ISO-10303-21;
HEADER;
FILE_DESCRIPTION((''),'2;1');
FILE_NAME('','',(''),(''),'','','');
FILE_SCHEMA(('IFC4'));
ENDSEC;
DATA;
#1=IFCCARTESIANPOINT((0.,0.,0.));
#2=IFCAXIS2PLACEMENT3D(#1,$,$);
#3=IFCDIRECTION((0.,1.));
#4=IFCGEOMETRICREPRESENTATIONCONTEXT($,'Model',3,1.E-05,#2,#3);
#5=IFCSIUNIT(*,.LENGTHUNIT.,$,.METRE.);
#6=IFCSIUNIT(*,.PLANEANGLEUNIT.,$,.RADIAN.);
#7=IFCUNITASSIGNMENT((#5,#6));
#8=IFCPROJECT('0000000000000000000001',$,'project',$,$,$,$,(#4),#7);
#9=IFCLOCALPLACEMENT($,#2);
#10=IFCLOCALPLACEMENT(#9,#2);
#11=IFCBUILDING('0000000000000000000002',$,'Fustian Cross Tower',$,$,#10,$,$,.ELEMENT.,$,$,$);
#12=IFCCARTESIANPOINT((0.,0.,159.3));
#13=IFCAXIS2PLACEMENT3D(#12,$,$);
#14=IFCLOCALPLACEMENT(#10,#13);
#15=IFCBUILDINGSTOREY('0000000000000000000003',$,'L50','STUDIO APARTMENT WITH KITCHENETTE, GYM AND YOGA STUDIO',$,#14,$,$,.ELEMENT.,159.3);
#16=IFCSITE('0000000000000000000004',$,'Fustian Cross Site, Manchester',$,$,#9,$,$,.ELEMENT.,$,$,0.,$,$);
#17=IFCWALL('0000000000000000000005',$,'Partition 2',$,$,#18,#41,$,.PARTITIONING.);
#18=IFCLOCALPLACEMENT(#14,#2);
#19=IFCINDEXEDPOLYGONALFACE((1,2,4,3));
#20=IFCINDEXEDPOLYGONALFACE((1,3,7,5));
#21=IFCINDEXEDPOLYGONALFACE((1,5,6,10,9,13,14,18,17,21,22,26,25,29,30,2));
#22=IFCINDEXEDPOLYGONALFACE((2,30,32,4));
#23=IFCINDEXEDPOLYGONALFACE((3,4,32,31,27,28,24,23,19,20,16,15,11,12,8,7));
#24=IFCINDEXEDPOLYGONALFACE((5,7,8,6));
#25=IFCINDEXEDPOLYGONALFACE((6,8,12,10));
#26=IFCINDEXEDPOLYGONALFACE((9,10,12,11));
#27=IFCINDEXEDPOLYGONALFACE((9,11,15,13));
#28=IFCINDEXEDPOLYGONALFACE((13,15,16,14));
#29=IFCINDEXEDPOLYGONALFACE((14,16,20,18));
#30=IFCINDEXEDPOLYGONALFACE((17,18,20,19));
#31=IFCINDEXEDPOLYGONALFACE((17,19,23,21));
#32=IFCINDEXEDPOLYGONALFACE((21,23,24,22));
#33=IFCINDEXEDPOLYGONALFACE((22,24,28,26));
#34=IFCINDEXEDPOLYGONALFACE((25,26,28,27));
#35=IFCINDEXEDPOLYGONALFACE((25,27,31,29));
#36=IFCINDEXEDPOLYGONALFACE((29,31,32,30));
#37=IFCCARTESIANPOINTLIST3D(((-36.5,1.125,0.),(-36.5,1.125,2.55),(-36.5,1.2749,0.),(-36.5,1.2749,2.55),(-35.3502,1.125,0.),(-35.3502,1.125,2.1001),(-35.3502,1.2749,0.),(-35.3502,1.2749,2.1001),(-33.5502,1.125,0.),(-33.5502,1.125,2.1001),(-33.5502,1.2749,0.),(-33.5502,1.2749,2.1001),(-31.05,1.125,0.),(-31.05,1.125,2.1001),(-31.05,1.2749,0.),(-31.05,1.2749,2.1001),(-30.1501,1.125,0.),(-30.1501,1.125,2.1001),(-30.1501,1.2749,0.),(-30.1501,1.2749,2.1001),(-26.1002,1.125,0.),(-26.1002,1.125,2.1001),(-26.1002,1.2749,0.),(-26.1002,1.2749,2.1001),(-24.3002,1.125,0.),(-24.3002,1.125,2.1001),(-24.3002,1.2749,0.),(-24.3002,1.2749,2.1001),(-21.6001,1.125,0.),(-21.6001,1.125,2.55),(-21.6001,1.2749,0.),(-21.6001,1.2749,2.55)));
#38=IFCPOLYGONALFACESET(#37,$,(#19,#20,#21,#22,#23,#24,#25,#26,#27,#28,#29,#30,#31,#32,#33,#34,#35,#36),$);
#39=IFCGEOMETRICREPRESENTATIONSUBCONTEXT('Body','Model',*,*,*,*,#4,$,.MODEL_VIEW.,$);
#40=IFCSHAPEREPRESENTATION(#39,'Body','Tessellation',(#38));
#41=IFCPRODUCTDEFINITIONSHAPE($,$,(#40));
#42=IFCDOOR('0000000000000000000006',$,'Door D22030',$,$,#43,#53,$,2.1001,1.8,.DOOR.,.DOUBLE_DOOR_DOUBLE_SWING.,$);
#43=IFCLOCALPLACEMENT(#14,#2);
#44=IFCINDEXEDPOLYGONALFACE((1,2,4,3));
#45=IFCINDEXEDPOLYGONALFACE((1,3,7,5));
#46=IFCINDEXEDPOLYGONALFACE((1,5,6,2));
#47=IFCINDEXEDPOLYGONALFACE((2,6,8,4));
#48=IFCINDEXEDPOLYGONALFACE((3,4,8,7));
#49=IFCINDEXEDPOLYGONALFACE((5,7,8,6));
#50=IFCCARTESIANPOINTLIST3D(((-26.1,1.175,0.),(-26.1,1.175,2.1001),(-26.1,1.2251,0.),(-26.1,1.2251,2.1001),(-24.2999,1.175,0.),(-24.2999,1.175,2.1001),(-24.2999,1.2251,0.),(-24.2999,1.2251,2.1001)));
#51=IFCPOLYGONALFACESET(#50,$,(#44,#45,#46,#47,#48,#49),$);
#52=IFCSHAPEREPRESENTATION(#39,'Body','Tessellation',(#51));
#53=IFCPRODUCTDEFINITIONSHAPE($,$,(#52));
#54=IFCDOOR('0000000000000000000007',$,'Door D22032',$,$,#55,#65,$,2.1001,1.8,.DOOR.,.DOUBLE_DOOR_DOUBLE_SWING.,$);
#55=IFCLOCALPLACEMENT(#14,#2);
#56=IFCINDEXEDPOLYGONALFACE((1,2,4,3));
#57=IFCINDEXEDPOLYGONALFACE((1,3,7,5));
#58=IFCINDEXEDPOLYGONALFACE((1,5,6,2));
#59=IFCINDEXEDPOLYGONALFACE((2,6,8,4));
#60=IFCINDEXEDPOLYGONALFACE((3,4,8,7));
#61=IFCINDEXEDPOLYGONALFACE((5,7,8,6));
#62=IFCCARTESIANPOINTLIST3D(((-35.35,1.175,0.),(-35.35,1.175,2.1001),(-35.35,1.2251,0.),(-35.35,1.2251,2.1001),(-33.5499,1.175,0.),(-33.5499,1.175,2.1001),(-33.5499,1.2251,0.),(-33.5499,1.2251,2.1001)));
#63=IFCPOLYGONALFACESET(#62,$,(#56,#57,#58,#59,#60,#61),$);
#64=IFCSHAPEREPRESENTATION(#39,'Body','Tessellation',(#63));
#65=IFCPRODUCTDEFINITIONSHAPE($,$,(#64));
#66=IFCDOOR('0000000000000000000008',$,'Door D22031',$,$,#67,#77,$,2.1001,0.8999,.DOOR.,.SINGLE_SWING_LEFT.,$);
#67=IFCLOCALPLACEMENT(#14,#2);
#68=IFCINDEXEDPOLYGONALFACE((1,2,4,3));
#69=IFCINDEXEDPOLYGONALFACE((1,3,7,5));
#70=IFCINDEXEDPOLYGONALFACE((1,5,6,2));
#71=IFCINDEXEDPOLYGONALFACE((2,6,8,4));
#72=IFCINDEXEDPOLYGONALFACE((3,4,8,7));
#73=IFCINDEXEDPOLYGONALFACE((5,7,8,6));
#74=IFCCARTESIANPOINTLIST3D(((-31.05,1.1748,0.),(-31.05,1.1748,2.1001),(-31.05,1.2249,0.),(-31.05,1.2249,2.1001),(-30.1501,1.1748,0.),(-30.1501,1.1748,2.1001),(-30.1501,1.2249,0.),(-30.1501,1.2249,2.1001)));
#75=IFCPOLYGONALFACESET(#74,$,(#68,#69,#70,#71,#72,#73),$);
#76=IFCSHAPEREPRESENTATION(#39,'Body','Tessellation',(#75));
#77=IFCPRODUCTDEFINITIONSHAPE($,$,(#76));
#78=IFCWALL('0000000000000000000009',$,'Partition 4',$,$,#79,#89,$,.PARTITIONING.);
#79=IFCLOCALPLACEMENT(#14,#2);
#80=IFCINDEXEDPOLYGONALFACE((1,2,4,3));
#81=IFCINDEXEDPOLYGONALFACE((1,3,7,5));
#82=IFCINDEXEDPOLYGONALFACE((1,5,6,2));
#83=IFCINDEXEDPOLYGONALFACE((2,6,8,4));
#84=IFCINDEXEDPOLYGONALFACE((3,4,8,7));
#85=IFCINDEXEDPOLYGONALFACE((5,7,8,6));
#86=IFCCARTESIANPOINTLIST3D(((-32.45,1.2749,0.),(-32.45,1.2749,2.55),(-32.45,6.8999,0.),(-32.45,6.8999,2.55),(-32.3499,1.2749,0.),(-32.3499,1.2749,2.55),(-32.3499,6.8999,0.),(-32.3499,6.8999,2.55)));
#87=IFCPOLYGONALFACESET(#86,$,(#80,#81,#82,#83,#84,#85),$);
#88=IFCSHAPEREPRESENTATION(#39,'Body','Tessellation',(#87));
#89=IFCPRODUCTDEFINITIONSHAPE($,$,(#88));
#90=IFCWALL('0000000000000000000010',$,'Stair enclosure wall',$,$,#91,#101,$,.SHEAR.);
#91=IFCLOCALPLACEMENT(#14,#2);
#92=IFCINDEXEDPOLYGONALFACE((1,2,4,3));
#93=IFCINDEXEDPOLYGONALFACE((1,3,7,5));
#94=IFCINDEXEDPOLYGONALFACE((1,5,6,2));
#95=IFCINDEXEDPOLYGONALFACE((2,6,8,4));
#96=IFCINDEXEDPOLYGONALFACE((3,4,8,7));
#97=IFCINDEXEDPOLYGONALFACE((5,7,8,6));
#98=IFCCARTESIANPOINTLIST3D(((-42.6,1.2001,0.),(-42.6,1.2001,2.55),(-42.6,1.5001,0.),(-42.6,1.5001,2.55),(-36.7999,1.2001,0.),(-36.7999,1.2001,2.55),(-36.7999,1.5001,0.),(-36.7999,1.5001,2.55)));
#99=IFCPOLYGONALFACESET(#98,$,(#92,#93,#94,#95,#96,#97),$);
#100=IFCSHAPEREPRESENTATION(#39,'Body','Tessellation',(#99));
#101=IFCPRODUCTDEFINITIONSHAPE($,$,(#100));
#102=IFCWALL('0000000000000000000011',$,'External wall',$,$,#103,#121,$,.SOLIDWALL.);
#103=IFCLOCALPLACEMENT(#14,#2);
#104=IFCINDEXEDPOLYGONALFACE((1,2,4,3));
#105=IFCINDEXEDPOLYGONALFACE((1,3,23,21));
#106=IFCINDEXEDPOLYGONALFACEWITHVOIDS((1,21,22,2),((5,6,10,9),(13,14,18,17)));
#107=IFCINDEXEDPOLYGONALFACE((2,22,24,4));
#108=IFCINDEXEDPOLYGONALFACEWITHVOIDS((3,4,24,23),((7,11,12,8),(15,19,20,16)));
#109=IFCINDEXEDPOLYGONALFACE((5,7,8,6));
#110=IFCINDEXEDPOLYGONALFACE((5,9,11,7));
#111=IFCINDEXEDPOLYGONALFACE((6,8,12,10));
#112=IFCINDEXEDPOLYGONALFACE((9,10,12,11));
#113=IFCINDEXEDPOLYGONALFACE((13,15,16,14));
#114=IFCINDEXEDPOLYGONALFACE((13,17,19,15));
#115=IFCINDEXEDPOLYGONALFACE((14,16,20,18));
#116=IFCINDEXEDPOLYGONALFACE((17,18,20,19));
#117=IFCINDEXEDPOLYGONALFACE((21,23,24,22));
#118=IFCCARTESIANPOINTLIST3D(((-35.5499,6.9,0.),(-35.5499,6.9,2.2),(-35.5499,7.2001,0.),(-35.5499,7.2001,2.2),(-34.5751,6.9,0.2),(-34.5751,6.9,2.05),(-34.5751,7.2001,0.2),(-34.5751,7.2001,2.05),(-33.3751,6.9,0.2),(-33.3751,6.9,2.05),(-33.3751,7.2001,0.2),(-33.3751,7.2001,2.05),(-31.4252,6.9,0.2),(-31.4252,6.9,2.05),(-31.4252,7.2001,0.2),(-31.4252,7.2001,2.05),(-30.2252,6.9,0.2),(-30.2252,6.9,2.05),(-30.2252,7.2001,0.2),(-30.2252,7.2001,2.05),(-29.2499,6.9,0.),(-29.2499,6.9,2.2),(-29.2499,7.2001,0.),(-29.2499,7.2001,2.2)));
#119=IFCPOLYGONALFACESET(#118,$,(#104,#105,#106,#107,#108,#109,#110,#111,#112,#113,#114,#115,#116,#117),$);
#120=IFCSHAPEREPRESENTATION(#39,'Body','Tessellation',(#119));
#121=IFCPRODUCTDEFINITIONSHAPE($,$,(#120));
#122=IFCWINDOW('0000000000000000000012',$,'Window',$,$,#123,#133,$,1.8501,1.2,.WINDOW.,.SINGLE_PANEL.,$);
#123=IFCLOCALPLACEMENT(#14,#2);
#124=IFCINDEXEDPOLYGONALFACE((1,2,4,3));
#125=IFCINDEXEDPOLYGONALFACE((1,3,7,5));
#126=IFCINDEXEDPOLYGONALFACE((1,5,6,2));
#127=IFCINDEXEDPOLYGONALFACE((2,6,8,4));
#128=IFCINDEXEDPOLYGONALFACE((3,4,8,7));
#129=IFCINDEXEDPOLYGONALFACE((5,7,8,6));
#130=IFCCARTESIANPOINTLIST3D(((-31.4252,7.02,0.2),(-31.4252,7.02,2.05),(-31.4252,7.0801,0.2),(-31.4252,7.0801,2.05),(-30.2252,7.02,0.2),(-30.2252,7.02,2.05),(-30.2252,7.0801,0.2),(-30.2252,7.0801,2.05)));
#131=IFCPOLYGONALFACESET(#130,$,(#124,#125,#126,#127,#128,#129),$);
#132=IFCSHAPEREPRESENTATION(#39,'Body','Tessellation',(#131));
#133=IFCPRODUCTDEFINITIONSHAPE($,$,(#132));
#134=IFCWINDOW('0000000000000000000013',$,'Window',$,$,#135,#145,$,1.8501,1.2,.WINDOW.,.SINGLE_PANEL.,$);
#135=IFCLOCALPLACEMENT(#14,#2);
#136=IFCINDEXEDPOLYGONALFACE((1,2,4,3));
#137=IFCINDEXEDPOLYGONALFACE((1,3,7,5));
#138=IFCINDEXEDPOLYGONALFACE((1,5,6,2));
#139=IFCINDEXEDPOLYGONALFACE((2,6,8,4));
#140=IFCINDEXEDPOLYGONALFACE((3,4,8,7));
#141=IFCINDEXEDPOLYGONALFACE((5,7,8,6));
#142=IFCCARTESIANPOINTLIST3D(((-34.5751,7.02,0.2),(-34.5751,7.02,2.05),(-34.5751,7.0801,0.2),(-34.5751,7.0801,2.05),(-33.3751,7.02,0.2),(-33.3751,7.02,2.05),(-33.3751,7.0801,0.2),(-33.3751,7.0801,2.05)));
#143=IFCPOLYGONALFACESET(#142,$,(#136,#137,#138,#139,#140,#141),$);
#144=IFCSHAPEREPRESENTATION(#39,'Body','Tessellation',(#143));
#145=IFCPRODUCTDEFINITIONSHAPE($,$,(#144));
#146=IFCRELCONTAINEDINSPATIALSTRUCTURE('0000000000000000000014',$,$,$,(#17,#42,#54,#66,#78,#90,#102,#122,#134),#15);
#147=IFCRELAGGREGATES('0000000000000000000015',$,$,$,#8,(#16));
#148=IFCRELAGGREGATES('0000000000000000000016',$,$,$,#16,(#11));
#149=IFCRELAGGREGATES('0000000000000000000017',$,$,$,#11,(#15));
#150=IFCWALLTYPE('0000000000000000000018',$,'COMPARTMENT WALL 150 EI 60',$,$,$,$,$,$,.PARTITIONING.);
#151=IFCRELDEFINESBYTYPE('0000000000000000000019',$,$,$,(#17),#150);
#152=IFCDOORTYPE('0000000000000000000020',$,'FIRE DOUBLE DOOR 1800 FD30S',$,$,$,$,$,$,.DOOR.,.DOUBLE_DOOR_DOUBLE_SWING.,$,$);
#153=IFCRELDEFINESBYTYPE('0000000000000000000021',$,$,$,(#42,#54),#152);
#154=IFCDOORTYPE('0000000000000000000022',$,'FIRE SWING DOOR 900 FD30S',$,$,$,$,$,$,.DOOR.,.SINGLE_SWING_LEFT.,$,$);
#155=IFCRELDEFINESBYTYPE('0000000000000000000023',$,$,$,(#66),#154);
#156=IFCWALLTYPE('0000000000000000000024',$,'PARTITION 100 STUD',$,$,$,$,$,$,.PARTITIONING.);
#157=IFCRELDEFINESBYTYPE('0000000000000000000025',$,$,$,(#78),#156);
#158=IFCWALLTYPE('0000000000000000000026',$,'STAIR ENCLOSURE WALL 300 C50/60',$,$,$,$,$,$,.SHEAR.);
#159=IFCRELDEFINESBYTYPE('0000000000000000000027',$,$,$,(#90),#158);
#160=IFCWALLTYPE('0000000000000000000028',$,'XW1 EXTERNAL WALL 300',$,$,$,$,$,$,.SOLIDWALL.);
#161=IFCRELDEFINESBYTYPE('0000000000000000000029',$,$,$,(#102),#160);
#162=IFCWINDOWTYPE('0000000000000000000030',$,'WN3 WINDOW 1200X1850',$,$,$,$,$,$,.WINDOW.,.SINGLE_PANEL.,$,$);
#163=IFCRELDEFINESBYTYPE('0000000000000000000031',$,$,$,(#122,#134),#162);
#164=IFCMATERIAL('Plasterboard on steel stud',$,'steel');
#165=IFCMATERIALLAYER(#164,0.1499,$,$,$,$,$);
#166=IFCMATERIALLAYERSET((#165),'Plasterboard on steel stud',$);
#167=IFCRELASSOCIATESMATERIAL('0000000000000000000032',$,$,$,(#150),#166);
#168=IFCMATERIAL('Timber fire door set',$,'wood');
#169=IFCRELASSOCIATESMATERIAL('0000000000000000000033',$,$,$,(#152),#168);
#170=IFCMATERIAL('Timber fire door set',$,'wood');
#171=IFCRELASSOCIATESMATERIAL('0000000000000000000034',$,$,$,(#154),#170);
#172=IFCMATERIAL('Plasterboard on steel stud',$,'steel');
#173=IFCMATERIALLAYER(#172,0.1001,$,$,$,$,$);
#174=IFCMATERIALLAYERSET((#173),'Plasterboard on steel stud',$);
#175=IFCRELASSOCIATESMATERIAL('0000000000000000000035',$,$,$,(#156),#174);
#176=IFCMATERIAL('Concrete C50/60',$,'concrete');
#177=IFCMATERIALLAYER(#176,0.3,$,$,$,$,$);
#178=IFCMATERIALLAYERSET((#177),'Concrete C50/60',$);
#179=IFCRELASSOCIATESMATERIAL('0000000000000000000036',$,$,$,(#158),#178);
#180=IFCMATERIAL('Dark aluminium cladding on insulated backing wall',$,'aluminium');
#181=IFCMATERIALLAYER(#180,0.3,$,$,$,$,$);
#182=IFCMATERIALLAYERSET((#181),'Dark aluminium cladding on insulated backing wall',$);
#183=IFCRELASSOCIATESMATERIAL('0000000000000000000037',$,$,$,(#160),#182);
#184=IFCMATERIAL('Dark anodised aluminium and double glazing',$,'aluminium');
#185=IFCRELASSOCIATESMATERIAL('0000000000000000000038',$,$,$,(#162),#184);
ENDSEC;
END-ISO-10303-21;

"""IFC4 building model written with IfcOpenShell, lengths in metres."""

from ifc_helpers import new_model, si_unit, direction, frame, frame_2d, origin, place, context, subcontext, project, spatial, rectangle, extrude, material, layer, layer_set, type_object, element, fill, save


model = new_model("IFC4")

# Units and contexts
model_context = context("Model", 3, precision=1e-05, world=origin(), true_north=direction((0.0, 1.0)))
body_context = subcontext(model_context, "Body", "Model", "MODEL_VIEW")
ifc_project = project(units=[si_unit("LENGTHUNIT", "METRE"), si_unit("PLANEANGLEUNIT", "RADIAN")], contexts=[model_context])

# Site, building, storey
site_placement = place(None, origin())
site = spatial("IfcSite", under=ifc_project, at=site_placement, Name="Fustian Cross Site, Manchester", CompositionType="ELEMENT", RefElevation=0.0)
building_placement = place(site_placement, origin())
building = spatial("IfcBuilding", under=site, at=building_placement, Name="Fustian Cross Tower", CompositionType="ELEMENT")
storey_placement = place(building_placement, frame((0.0, 0.0, 159.3)))
storey = spatial("IfcBuildingStorey", under=building, at=storey_placement, Name="L50", Description="STUDIO APARTMENT WITH KITCHENETTE, GYM AND YOGA STUDIO", CompositionType="ELEMENT", Elevation=159.3)

# Wall, openings, doors
ifc_material_1 = material(Name="Plasterboard on steel stud", Category="steel")
ifc_layer_1 = layer(ifc_material_1, 0.1499)
ifc_layer_set_1 = layer_set([ifc_layer_1], Name="Plasterboard on steel stud")
wall_type_1 = type_object("IfcWallType", Name="COMPARTMENT WALL 150 EI 60", PredefinedType="PARTITIONING", material=ifc_layer_set_1)
ifc_material_2 = material(Name="Timber fire door set", Category="wood")
door_type_1 = type_object("IfcDoorType", Name="FIRE DOUBLE DOOR 1800 FD30S", OperationType="DOUBLE_DOOR_DOUBLE_SWING", PredefinedType="DOOR", material=ifc_material_2)
wall_1_placement = place(storey_placement, frame((-36.5, 1.2, 0.0), z_axis=(0.0, 0.0, 1.0), x_axis=(1.0, 0.0, 0.0)))
wall_1 = element("IfcWall", 1, at=wall_1_placement, inside=storey, type_object=wall_type_1, Name="Partition 2", PredefinedType="PARTITIONING", context=body_context, shape_type="SweptSolid", body=[
    extrude(rectangle(XDim=14.8999, YDim=0.1499, at=frame_2d((7.45, 0.0))), origin(), (0.0, 0.0, 1.0), 2.55),
])
opening_1_placement = place(wall_1_placement, frame((10.3999, 0.0, 0.0)))
opening_1 = element("IfcOpeningElement", 2, at=opening_1_placement, cuts=wall_1, PredefinedType="OPENING", context=body_context, shape_type="SweptSolid", body=[
    extrude(rectangle(XDim=1.8, YDim=2.1001, at=frame_2d((0.8999, 1.05))), frame((0.0, 0.085, 0.0), z_axis=(0.0, -1.0, 0.0), x_axis=(1.0, 0.0, 0.0)), (0.0, 0.0, 1.0), 0.1699),
])
opening_2_placement = place(wall_1_placement, frame((5.45, 0.0, 0.0)))
opening_2 = element("IfcOpeningElement", 3, at=opening_2_placement, cuts=wall_1, PredefinedType="OPENING", context=body_context, shape_type="SweptSolid", body=[
    extrude(rectangle(XDim=0.8999, YDim=2.1001, at=frame_2d((0.45, 1.05))), frame((0.0, 0.085, 0.0), z_axis=(0.0, -1.0, 0.0), x_axis=(1.0, 0.0, 0.0)), (0.0, 0.0, 1.0), 0.1699),
])
opening_3_placement = place(wall_1_placement, frame((1.1499, 0.0, 0.0)))
opening_3 = element("IfcOpeningElement", 4, at=opening_3_placement, cuts=wall_1, PredefinedType="OPENING", context=body_context, shape_type="SweptSolid", body=[
    extrude(rectangle(XDim=1.8, YDim=2.1001, at=frame_2d((0.8999, 1.05))), frame((0.0, 0.085, 0.0), z_axis=(0.0, -1.0, 0.0), x_axis=(1.0, 0.0, 0.0)), (0.0, 0.0, 1.0), 0.1699),
])
door_1_placement = place(opening_1_placement, frame((1.8, 0.0, 0.0), z_axis=(0.0, 0.0, 1.0), x_axis=(-1.0, 0.0, 0.0)))
door_1 = element("IfcDoor", 5, at=door_1_placement, inside=storey, type_object=door_type_1, Name="Door D22030", OperationType="DOUBLE_DOOR_DOUBLE_SWING", OverallHeight=2.1001, OverallWidth=1.8, PredefinedType="DOOR", context=body_context, shape_type="SweptSolid", body=[
    extrude(rectangle(XDim=1.8, YDim=2.1001, at=frame_2d((0.8999, 1.05))), frame((0.0, 0.0249, 0.0), z_axis=(0.0, -1.0, 0.0), x_axis=(1.0, 0.0, 0.0)), (0.0, 0.0, 1.0), 0.05),
])
fill(opening_1, door_1)
door_2_placement = place(opening_3_placement, frame((1.8, 0.0, 0.0), z_axis=(0.0, 0.0, 1.0), x_axis=(-1.0, 0.0, 0.0)))
door_2 = element("IfcDoor", 6, at=door_2_placement, inside=storey, type_object=door_type_1, Name="Door D22032", OperationType="DOUBLE_DOOR_DOUBLE_SWING", OverallHeight=2.1001, OverallWidth=1.8, PredefinedType="DOOR", context=body_context, shape_type="SweptSolid", body=[
    extrude(rectangle(XDim=1.8, YDim=2.1001, at=frame_2d((0.8999, 1.05))), frame((0.0, 0.0249, 0.0), z_axis=(0.0, -1.0, 0.0), x_axis=(1.0, 0.0, 0.0)), (0.0, 0.0, 1.0), 0.05),
])
fill(opening_3, door_2)
ifc_material_3 = material(Name="Timber fire door set", Category="wood")
door_type_2 = type_object("IfcDoorType", Name="FIRE SWING DOOR 900 FD30S", OperationType="SINGLE_SWING_LEFT", PredefinedType="DOOR", material=ifc_material_3)
door_3_placement = place(opening_2_placement, origin())
door_3 = element("IfcDoor", 7, at=door_3_placement, inside=storey, type_object=door_type_2, Name="Door D22031", OperationType="SINGLE_SWING_LEFT", OverallHeight=2.1001, OverallWidth=0.8999, PredefinedType="DOOR", context=body_context, shape_type="SweptSolid", body=[
    extrude(rectangle(XDim=0.8999, YDim=2.1001, at=frame_2d((0.45, 1.05))), frame((0.0, 0.0249, 0.0), z_axis=(0.0, -1.0, 0.0), x_axis=(1.0, 0.0, 0.0)), (0.0, 0.0, 1.0), 0.05),
])
fill(opening_2, door_3)

# Walls
ifc_material_4 = material(Name="Plasterboard on steel stud", Category="steel")
ifc_layer_2 = layer(ifc_material_4, 0.1001)
ifc_layer_set_2 = layer_set([ifc_layer_2], Name="Plasterboard on steel stud")
wall_type_2 = type_object("IfcWallType", Name="PARTITION 100 STUD", PredefinedType="PARTITIONING", material=ifc_layer_set_2)
wall_2_placement = place(storey_placement, frame((-32.3999, 1.2749, 0.0), z_axis=(0.0, 0.0, 1.0), x_axis=(0.0, 1.0, 0.0)))
element("IfcWall", 8, at=wall_2_placement, inside=storey, type_object=wall_type_2, Name="Partition 4", PredefinedType="PARTITIONING", context=body_context, shape_type="SweptSolid", body=[
    extrude(rectangle(XDim=5.625, YDim=0.1001, at=frame_2d((2.8125, 0.0))), origin(), (0.0, 0.0, 1.0), 2.55),
])
ifc_material_5 = material(Name="Concrete C50/60", Category="concrete")
ifc_layer_3 = layer(ifc_material_5, 0.3)
ifc_layer_set_3 = layer_set([ifc_layer_3], Name="Concrete C50/60")
wall_type_3 = type_object("IfcWallType", Name="STAIR ENCLOSURE WALL 300 C50/60", PredefinedType="SHEAR", material=ifc_layer_set_3)
wall_3_placement = place(storey_placement, frame((-36.8, 1.3501, 0.0), z_axis=(0.0, 0.0, 1.0), x_axis=(-1.0, 0.0, 0.0)))
element("IfcWall", 9, at=wall_3_placement, inside=storey, type_object=wall_type_3, Name="Stair enclosure wall", PredefinedType="SHEAR", context=body_context, shape_type="SweptSolid", body=[
    extrude(rectangle(XDim=5.8, YDim=0.3, at=frame_2d((2.8999, 0.0))), origin(), (0.0, 0.0, 1.0), 2.55),
])

# Wall, openings, windows
ifc_material_6 = material(Name="Dark aluminium cladding on insulated backing wall", Category="aluminium")
ifc_layer_4 = layer(ifc_material_6, 0.3)
ifc_layer_set_4 = layer_set([ifc_layer_4], Name="Dark aluminium cladding on insulated backing wall")
wall_type_4 = type_object("IfcWallType", Name="XW1 EXTERNAL WALL 300", PredefinedType="SOLIDWALL", material=ifc_layer_set_4)
wall_4_placement = place(storey_placement, frame((-29.25, 7.05, 0.0), z_axis=(0.0, 0.0, 1.0), x_axis=(-1.0, 0.0, 0.0)))
wall_4 = element("IfcWall", 10, at=wall_4_placement, inside=storey, type_object=wall_type_4, Name="External wall", PredefinedType="SOLIDWALL", context=body_context, shape_type="SweptSolid", body=[
    extrude(rectangle(XDim=6.3, YDim=0.3, at=frame_2d((3.1499, 0.0))), origin(), (0.0, 0.0, 1.0), 2.2),
])
opening_4_placement = place(wall_4_placement, frame((0.9751, 0.0, 0.2)))
opening_4 = element("IfcOpeningElement", 11, at=opening_4_placement, cuts=wall_4, PredefinedType="OPENING", context=body_context, shape_type="SweptSolid", body=[
    extrude(rectangle(XDim=1.2, YDim=1.8501, at=frame_2d((0.6001, 0.925))), frame((0.0, 0.1599, 0.0), z_axis=(0.0, -1.0, 0.0), x_axis=(1.0, 0.0, 0.0)), (0.0, 0.0, 1.0), 0.3201),
])
opening_5_placement = place(wall_4_placement, frame((4.125, 0.0, 0.2)))
opening_5 = element("IfcOpeningElement", 12, at=opening_5_placement, cuts=wall_4, PredefinedType="OPENING", context=body_context, shape_type="SweptSolid", body=[
    extrude(rectangle(XDim=1.2, YDim=1.8501, at=frame_2d((0.6001, 0.925))), frame((0.0, 0.1599, 0.0), z_axis=(0.0, -1.0, 0.0), x_axis=(1.0, 0.0, 0.0)), (0.0, 0.0, 1.0), 0.3201),
])
ifc_material_7 = material(Name="Dark anodised aluminium and double glazing", Category="aluminium")
window_type = type_object("IfcWindowType", Name="WN3 WINDOW 1200X1850", PartitioningType="SINGLE_PANEL", PredefinedType="WINDOW", material=ifc_material_7)
window_1_placement = place(opening_4_placement, origin())
window_1 = element("IfcWindow", 13, at=window_1_placement, inside=storey, type_object=window_type, Name="Window", OverallHeight=1.8501, OverallWidth=1.2, PartitioningType="SINGLE_PANEL", PredefinedType="WINDOW", context=body_context, shape_type="SweptSolid", body=[
    extrude(rectangle(XDim=1.2, YDim=1.8501, at=frame_2d((0.6001, 0.925))), frame((0.0, 0.03, 0.0), z_axis=(0.0, -1.0, 0.0), x_axis=(1.0, 0.0, 0.0)), (0.0, 0.0, 1.0), 0.0601),
])
fill(opening_4, window_1)
window_2_placement = place(opening_5_placement, origin())
window_2 = element("IfcWindow", 14, at=window_2_placement, inside=storey, type_object=window_type, Name="Window", OverallHeight=1.8501, OverallWidth=1.2, PartitioningType="SINGLE_PANEL", PredefinedType="WINDOW", context=body_context, shape_type="SweptSolid", body=[
    extrude(rectangle(XDim=1.2, YDim=1.8501, at=frame_2d((0.6001, 0.925))), frame((0.0, 0.03, 0.0), z_axis=(0.0, -1.0, 0.0), x_axis=(1.0, 0.0, 0.0)), (0.0, 0.0, 1.0), 0.0601),
])
fill(opening_5, window_2)

save(model, "model.ifc")
